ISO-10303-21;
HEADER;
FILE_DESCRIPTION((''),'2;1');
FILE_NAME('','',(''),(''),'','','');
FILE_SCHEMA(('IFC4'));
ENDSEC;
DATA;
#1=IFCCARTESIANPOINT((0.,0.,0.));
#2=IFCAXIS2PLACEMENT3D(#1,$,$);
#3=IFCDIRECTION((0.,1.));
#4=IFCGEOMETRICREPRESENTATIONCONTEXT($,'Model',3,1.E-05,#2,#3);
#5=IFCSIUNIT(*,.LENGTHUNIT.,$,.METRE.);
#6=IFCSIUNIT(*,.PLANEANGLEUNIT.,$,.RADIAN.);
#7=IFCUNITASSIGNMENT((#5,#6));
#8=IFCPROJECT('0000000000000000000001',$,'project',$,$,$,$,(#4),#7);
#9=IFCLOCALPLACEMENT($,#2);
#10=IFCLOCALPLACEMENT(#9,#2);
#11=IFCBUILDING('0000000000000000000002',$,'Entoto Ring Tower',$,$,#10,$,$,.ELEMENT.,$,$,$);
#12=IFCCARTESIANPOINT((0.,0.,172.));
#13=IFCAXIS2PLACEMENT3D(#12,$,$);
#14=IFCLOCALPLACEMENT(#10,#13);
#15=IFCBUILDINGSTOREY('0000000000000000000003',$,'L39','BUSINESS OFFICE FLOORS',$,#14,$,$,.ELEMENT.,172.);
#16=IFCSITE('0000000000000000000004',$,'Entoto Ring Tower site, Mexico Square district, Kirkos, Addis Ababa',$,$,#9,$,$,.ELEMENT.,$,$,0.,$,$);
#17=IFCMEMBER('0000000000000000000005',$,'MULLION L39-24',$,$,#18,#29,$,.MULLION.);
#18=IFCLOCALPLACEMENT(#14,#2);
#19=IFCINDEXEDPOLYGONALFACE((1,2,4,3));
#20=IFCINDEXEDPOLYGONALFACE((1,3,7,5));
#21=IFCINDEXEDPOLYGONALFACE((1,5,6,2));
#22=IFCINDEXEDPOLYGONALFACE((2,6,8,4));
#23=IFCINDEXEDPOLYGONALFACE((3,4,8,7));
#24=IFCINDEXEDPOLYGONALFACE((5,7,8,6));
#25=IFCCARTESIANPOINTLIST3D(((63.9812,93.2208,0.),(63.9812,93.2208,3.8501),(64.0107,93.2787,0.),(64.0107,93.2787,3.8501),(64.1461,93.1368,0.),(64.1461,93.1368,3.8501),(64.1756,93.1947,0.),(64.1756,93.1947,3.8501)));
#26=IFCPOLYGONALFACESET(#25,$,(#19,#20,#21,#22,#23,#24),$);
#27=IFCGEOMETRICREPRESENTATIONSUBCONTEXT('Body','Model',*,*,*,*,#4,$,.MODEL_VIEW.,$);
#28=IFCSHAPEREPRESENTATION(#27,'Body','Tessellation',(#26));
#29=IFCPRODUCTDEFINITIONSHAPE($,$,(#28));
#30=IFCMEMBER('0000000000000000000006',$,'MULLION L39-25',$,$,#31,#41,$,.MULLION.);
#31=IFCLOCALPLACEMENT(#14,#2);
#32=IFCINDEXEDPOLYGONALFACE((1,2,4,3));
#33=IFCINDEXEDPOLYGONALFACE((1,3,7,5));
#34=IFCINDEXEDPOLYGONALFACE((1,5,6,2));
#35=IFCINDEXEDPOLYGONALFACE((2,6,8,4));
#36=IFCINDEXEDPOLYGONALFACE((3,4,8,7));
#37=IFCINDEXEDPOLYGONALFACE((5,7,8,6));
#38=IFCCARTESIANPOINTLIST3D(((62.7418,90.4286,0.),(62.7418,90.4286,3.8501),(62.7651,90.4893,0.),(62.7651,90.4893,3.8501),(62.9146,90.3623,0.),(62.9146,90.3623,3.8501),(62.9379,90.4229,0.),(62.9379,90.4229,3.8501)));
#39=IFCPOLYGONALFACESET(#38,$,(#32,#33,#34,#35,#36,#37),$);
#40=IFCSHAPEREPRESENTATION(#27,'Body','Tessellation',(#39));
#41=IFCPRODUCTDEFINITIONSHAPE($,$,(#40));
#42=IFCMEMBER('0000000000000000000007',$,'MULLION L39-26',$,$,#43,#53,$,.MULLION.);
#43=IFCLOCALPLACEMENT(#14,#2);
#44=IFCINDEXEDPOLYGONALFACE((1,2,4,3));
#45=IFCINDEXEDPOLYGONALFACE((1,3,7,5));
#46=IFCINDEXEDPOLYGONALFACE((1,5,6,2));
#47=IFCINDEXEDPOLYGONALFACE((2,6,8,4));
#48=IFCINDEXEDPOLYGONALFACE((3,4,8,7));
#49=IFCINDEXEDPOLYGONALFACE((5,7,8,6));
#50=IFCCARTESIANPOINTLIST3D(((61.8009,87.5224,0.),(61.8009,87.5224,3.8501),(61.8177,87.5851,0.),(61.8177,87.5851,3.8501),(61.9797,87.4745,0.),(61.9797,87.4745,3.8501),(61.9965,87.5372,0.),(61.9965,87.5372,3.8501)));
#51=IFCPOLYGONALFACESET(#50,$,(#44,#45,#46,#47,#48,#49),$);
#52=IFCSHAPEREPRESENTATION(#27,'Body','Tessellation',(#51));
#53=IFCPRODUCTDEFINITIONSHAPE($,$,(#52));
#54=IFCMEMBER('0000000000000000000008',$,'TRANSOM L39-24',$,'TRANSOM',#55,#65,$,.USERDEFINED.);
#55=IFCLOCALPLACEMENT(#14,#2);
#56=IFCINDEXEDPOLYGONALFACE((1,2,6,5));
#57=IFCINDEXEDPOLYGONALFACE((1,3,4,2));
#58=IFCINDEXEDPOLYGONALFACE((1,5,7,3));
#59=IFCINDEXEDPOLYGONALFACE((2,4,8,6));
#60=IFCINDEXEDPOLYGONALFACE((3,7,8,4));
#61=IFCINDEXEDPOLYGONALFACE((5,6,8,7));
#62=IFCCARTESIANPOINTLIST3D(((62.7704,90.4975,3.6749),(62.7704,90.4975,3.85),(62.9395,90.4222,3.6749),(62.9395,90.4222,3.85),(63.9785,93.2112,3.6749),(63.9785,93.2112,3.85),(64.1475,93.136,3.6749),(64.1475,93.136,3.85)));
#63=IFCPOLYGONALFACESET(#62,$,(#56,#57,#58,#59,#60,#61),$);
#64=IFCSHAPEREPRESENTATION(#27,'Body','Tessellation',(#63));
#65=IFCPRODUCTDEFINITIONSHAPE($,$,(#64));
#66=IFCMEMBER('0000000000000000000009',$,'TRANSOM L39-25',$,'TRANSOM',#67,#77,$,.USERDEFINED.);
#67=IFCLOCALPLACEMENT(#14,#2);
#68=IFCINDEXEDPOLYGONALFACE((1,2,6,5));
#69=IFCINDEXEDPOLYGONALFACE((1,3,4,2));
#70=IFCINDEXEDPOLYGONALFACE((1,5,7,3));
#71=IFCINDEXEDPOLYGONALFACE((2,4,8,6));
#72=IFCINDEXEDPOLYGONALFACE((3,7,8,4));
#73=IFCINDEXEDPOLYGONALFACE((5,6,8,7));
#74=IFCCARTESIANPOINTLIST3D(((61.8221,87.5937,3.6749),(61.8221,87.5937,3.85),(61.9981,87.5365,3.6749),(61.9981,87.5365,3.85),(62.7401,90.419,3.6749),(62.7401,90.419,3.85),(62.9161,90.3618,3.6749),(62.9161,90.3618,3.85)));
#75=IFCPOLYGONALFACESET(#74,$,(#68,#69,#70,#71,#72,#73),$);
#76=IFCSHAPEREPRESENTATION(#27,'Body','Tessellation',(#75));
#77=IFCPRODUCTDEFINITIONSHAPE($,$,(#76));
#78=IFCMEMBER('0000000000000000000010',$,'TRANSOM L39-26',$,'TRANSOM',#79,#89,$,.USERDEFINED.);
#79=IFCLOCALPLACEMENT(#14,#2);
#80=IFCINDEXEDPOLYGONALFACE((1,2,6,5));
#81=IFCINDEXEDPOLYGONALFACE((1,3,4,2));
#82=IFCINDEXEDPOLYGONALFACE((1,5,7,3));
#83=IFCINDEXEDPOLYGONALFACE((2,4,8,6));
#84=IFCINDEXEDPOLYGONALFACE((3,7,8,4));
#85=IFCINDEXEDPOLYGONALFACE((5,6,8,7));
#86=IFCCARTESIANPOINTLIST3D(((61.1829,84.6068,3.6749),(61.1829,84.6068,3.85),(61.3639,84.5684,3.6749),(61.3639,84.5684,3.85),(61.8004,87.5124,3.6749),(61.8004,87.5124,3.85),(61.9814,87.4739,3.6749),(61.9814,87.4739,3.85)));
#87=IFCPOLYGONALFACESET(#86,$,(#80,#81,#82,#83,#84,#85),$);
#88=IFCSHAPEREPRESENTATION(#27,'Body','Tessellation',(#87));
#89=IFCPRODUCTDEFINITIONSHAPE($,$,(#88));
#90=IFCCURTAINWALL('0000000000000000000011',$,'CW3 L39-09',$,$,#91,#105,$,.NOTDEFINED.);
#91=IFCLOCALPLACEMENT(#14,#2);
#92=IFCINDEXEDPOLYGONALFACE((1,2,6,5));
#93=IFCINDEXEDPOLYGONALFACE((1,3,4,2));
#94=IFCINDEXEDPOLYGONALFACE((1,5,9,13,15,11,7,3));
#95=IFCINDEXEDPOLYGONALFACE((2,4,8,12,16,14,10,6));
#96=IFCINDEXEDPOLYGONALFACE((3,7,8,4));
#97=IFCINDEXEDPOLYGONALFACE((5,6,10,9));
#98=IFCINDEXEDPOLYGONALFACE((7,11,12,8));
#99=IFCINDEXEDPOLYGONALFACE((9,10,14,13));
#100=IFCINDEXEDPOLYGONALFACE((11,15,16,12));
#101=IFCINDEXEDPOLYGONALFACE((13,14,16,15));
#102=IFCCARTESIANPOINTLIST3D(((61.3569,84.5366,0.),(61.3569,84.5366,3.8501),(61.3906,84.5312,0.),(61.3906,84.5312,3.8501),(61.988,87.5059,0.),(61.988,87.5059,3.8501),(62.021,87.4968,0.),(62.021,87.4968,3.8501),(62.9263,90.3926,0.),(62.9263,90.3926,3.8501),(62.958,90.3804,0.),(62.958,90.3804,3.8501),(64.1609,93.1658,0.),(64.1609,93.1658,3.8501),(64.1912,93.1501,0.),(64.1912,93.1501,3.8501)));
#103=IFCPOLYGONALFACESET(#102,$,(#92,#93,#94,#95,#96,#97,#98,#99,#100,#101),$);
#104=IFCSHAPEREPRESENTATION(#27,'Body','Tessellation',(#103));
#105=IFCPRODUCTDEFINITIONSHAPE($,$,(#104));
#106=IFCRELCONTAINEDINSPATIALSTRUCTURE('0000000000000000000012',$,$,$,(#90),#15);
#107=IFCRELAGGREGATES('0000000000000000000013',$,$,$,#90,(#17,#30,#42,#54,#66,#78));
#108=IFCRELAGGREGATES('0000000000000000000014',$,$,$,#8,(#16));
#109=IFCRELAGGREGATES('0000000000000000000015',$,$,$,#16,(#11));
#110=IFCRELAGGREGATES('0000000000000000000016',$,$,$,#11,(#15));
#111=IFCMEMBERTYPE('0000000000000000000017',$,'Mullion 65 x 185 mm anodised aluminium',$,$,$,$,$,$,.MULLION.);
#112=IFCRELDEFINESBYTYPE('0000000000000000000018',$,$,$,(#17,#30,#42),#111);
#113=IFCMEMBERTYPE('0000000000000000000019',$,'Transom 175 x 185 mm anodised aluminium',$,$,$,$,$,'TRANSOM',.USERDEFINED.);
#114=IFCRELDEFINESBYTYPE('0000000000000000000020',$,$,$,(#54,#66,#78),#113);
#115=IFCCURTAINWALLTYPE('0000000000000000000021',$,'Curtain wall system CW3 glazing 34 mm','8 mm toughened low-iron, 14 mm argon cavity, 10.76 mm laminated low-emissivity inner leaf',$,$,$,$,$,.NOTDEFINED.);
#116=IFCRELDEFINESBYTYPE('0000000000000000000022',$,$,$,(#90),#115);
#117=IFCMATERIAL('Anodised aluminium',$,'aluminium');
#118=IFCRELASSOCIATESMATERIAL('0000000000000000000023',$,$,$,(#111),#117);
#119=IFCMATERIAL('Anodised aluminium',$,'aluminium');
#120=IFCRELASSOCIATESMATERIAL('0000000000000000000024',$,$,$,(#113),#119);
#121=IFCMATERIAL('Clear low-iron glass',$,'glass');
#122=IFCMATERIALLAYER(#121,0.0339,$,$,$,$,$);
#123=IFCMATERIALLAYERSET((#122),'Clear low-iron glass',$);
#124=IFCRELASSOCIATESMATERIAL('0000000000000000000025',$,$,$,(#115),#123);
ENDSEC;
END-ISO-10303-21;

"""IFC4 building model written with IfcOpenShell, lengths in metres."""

from ifc_helpers import new_model, si_unit, direction, frame, origin, origin_2d, place, context, subcontext, project, spatial, polyline, rectangle, outline, extrude, material, layer, layer_set, material_profile, profile_set, type_object, element, aggregate, save


model = new_model("IFC4")

# Units and contexts
model_context = context("Model", 3, precision=1e-05, world=origin(), true_north=direction((0.0, 1.0)))
body_context = subcontext(model_context, "Body", "Model", "MODEL_VIEW")
ifc_project = project(units=[si_unit("LENGTHUNIT", "METRE"), si_unit("PLANEANGLEUNIT", "RADIAN")], contexts=[model_context])

# Members
ifc_material_1 = material(Name="Anodised aluminium", Category="aluminium")
ifc_material_profile_1 = material_profile(ifc_material_1, rectangle(XDim=0.0649, YDim=0.1851, at=origin_2d()), Name="Mullion 65 x 185 mm anodised aluminium")
ifc_profile_set_1 = profile_set([ifc_material_profile_1], Name="Anodised aluminium")
member_type_1 = type_object("IfcMemberType", Name="Mullion 65 x 185 mm anodised aluminium", PredefinedType="MULLION", material=ifc_profile_set_1)
site_placement = place(None, origin())
building_placement = place(site_placement, origin())
storey_placement = place(building_placement, frame((0.0, 0.0, 172.0)))
member_1_placement = place(storey_placement, frame((64.0784, 93.2078, 0.0), z_axis=(0.0, 0.0, 1.0), x_axis=(-0.45399, -0.891007, 0.0)))
member_1 = element("IfcMember", 1, at=member_1_placement, type_object=member_type_1, Name="MULLION L39-24", PredefinedType="MULLION", context=body_context, shape_type="SweptSolid", body=[
    extrude(rectangle(XDim=0.0649, YDim=0.1851, at=origin_2d()), origin(), (0.0, 0.0, 1.0), 3.8501),
])
member_2_placement = place(storey_placement, frame((62.8398, 90.4258, 0.0), z_axis=(0.0, 0.0, 1.0), x_axis=(-0.358368, -0.93358, 0.0)))
member_2 = element("IfcMember", 2, at=member_2_placement, type_object=member_type_1, Name="MULLION L39-25", PredefinedType="MULLION", context=body_context, shape_type="SweptSolid", body=[
    extrude(rectangle(XDim=0.0649, YDim=0.1851, at=origin_2d()), origin(), (0.0, 0.0, 1.0), 3.8501),
])
member_3_placement = place(storey_placement, frame((61.8987, 87.5298, 0.0), z_axis=(0.0, 0.0, 1.0), x_axis=(-0.258819, -0.965926, 0.0)))
member_3 = element("IfcMember", 3, at=member_3_placement, type_object=member_type_1, Name="MULLION L39-26", PredefinedType="MULLION", context=body_context, shape_type="SweptSolid", body=[
    extrude(rectangle(XDim=0.0649, YDim=0.1851, at=origin_2d()), origin(), (0.0, 0.0, 1.0), 3.8501),
])
ifc_material_2 = material(Name="Anodised aluminium", Category="aluminium")
ifc_material_profile_2 = material_profile(ifc_material_2, rectangle(XDim=0.1851, YDim=0.175, at=origin_2d()), Name="Transom 175 x 185 mm anodised aluminium")
ifc_profile_set_2 = profile_set([ifc_material_profile_2], Name="Anodised aluminium")
member_type_2 = type_object("IfcMemberType", Name="Transom 175 x 185 mm anodised aluminium", ElementType="TRANSOM", PredefinedType="USERDEFINED", material=ifc_profile_set_2)
member_4_placement = place(storey_placement, frame((64.063, 93.1736, 3.7625), z_axis=(-0.406687, -0.913567, 0.0), x_axis=(0.913567, -0.406687, 0.0)))
member_4 = element("IfcMember", 4, at=member_4_placement, type_object=member_type_2, Name="TRANSOM L39-24", ObjectType="TRANSOM", PredefinedType="USERDEFINED", context=body_context, shape_type="SweptSolid", body=[
    extrude(rectangle(XDim=0.1851, YDim=0.175, at=origin_2d()), origin(), (0.0, 0.0, 1.0), 2.9705),
])
member_5_placement = place(storey_placement, frame((62.8281, 90.3904, 3.7625), z_axis=(-0.309019, -0.951056, 0.0), x_axis=(0.951056, -0.309019, 0.0)))
member_5 = element("IfcMember", 5, at=member_5_placement, type_object=member_type_2, Name="TRANSOM L39-25", ObjectType="TRANSOM", PredefinedType="USERDEFINED", context=body_context, shape_type="SweptSolid", body=[
    extrude(rectangle(XDim=0.1851, YDim=0.175, at=origin_2d()), origin(), (0.0, 0.0, 1.0), 2.9707),
])
member_6_placement = place(storey_placement, frame((61.8909, 87.4932, 3.7625), z_axis=(-0.207862, -0.978158, 0.0), x_axis=(0.978158, -0.207862, 0.0)))
member_6 = element("IfcMember", 6, at=member_6_placement, type_object=member_type_2, Name="TRANSOM L39-26", ObjectType="TRANSOM", PredefinedType="USERDEFINED", context=body_context, shape_type="SweptSolid", body=[
    extrude(rectangle(XDim=0.1851, YDim=0.175, at=origin_2d()), origin(), (0.0, 0.0, 1.0), 2.9705),
])

# Site, building, storey
site = spatial("IfcSite", under=ifc_project, at=site_placement, Name="Entoto Ring Tower site, Mexico Square district, Kirkos, Addis Ababa", CompositionType="ELEMENT", RefElevation=0.0)
building = spatial("IfcBuilding", under=site, at=building_placement, Name="Entoto Ring Tower", CompositionType="ELEMENT")
storey = spatial("IfcBuildingStorey", under=building, at=storey_placement, Name="L39", Description="BUSINESS OFFICE FLOORS", CompositionType="ELEMENT", Elevation=172.0)

# Curtain wall
ifc_material_3 = material(Name="Clear low-iron glass", Category="glass")
ifc_layer = layer(ifc_material_3, 0.0339)
ifc_layer_set = layer_set([ifc_layer], Name="Clear low-iron glass")
curtain_wall_type = type_object("IfcCurtainWallType", Name="Curtain wall system CW3 glazing 34 mm", Description="8 mm toughened low-iron, 14 mm argon cavity, 10.76 mm laminated low-emissivity inner leaf", PredefinedType="NOTDEFINED", material=ifc_layer_set)
curtain_wall_1_placement = place(storey_placement, origin())
curtain_wall_1 = element("IfcCurtainWall", 7, at=curtain_wall_1_placement, inside=storey, type_object=curtain_wall_type, Name="CW3 L39-09", PredefinedType="NOTDEFINED", context=body_context, shape_type="SweptSolid", body=[
    extrude(outline(polyline([(64.1609, 93.1658), (62.9263, 90.3926), (61.988, 87.5059), (61.3569, 84.5366), (61.3906, 84.5312), (62.021, 87.4968), (62.958, 90.3804), (64.1912, 93.1501), (64.1609, 93.1658)])), origin(), (0.0, 0.0, 1.0), 3.8501),
])
aggregate(curtain_wall_1, [member_1, member_2, member_3, member_4, member_5, member_6])

save(model, "model.ifc")
